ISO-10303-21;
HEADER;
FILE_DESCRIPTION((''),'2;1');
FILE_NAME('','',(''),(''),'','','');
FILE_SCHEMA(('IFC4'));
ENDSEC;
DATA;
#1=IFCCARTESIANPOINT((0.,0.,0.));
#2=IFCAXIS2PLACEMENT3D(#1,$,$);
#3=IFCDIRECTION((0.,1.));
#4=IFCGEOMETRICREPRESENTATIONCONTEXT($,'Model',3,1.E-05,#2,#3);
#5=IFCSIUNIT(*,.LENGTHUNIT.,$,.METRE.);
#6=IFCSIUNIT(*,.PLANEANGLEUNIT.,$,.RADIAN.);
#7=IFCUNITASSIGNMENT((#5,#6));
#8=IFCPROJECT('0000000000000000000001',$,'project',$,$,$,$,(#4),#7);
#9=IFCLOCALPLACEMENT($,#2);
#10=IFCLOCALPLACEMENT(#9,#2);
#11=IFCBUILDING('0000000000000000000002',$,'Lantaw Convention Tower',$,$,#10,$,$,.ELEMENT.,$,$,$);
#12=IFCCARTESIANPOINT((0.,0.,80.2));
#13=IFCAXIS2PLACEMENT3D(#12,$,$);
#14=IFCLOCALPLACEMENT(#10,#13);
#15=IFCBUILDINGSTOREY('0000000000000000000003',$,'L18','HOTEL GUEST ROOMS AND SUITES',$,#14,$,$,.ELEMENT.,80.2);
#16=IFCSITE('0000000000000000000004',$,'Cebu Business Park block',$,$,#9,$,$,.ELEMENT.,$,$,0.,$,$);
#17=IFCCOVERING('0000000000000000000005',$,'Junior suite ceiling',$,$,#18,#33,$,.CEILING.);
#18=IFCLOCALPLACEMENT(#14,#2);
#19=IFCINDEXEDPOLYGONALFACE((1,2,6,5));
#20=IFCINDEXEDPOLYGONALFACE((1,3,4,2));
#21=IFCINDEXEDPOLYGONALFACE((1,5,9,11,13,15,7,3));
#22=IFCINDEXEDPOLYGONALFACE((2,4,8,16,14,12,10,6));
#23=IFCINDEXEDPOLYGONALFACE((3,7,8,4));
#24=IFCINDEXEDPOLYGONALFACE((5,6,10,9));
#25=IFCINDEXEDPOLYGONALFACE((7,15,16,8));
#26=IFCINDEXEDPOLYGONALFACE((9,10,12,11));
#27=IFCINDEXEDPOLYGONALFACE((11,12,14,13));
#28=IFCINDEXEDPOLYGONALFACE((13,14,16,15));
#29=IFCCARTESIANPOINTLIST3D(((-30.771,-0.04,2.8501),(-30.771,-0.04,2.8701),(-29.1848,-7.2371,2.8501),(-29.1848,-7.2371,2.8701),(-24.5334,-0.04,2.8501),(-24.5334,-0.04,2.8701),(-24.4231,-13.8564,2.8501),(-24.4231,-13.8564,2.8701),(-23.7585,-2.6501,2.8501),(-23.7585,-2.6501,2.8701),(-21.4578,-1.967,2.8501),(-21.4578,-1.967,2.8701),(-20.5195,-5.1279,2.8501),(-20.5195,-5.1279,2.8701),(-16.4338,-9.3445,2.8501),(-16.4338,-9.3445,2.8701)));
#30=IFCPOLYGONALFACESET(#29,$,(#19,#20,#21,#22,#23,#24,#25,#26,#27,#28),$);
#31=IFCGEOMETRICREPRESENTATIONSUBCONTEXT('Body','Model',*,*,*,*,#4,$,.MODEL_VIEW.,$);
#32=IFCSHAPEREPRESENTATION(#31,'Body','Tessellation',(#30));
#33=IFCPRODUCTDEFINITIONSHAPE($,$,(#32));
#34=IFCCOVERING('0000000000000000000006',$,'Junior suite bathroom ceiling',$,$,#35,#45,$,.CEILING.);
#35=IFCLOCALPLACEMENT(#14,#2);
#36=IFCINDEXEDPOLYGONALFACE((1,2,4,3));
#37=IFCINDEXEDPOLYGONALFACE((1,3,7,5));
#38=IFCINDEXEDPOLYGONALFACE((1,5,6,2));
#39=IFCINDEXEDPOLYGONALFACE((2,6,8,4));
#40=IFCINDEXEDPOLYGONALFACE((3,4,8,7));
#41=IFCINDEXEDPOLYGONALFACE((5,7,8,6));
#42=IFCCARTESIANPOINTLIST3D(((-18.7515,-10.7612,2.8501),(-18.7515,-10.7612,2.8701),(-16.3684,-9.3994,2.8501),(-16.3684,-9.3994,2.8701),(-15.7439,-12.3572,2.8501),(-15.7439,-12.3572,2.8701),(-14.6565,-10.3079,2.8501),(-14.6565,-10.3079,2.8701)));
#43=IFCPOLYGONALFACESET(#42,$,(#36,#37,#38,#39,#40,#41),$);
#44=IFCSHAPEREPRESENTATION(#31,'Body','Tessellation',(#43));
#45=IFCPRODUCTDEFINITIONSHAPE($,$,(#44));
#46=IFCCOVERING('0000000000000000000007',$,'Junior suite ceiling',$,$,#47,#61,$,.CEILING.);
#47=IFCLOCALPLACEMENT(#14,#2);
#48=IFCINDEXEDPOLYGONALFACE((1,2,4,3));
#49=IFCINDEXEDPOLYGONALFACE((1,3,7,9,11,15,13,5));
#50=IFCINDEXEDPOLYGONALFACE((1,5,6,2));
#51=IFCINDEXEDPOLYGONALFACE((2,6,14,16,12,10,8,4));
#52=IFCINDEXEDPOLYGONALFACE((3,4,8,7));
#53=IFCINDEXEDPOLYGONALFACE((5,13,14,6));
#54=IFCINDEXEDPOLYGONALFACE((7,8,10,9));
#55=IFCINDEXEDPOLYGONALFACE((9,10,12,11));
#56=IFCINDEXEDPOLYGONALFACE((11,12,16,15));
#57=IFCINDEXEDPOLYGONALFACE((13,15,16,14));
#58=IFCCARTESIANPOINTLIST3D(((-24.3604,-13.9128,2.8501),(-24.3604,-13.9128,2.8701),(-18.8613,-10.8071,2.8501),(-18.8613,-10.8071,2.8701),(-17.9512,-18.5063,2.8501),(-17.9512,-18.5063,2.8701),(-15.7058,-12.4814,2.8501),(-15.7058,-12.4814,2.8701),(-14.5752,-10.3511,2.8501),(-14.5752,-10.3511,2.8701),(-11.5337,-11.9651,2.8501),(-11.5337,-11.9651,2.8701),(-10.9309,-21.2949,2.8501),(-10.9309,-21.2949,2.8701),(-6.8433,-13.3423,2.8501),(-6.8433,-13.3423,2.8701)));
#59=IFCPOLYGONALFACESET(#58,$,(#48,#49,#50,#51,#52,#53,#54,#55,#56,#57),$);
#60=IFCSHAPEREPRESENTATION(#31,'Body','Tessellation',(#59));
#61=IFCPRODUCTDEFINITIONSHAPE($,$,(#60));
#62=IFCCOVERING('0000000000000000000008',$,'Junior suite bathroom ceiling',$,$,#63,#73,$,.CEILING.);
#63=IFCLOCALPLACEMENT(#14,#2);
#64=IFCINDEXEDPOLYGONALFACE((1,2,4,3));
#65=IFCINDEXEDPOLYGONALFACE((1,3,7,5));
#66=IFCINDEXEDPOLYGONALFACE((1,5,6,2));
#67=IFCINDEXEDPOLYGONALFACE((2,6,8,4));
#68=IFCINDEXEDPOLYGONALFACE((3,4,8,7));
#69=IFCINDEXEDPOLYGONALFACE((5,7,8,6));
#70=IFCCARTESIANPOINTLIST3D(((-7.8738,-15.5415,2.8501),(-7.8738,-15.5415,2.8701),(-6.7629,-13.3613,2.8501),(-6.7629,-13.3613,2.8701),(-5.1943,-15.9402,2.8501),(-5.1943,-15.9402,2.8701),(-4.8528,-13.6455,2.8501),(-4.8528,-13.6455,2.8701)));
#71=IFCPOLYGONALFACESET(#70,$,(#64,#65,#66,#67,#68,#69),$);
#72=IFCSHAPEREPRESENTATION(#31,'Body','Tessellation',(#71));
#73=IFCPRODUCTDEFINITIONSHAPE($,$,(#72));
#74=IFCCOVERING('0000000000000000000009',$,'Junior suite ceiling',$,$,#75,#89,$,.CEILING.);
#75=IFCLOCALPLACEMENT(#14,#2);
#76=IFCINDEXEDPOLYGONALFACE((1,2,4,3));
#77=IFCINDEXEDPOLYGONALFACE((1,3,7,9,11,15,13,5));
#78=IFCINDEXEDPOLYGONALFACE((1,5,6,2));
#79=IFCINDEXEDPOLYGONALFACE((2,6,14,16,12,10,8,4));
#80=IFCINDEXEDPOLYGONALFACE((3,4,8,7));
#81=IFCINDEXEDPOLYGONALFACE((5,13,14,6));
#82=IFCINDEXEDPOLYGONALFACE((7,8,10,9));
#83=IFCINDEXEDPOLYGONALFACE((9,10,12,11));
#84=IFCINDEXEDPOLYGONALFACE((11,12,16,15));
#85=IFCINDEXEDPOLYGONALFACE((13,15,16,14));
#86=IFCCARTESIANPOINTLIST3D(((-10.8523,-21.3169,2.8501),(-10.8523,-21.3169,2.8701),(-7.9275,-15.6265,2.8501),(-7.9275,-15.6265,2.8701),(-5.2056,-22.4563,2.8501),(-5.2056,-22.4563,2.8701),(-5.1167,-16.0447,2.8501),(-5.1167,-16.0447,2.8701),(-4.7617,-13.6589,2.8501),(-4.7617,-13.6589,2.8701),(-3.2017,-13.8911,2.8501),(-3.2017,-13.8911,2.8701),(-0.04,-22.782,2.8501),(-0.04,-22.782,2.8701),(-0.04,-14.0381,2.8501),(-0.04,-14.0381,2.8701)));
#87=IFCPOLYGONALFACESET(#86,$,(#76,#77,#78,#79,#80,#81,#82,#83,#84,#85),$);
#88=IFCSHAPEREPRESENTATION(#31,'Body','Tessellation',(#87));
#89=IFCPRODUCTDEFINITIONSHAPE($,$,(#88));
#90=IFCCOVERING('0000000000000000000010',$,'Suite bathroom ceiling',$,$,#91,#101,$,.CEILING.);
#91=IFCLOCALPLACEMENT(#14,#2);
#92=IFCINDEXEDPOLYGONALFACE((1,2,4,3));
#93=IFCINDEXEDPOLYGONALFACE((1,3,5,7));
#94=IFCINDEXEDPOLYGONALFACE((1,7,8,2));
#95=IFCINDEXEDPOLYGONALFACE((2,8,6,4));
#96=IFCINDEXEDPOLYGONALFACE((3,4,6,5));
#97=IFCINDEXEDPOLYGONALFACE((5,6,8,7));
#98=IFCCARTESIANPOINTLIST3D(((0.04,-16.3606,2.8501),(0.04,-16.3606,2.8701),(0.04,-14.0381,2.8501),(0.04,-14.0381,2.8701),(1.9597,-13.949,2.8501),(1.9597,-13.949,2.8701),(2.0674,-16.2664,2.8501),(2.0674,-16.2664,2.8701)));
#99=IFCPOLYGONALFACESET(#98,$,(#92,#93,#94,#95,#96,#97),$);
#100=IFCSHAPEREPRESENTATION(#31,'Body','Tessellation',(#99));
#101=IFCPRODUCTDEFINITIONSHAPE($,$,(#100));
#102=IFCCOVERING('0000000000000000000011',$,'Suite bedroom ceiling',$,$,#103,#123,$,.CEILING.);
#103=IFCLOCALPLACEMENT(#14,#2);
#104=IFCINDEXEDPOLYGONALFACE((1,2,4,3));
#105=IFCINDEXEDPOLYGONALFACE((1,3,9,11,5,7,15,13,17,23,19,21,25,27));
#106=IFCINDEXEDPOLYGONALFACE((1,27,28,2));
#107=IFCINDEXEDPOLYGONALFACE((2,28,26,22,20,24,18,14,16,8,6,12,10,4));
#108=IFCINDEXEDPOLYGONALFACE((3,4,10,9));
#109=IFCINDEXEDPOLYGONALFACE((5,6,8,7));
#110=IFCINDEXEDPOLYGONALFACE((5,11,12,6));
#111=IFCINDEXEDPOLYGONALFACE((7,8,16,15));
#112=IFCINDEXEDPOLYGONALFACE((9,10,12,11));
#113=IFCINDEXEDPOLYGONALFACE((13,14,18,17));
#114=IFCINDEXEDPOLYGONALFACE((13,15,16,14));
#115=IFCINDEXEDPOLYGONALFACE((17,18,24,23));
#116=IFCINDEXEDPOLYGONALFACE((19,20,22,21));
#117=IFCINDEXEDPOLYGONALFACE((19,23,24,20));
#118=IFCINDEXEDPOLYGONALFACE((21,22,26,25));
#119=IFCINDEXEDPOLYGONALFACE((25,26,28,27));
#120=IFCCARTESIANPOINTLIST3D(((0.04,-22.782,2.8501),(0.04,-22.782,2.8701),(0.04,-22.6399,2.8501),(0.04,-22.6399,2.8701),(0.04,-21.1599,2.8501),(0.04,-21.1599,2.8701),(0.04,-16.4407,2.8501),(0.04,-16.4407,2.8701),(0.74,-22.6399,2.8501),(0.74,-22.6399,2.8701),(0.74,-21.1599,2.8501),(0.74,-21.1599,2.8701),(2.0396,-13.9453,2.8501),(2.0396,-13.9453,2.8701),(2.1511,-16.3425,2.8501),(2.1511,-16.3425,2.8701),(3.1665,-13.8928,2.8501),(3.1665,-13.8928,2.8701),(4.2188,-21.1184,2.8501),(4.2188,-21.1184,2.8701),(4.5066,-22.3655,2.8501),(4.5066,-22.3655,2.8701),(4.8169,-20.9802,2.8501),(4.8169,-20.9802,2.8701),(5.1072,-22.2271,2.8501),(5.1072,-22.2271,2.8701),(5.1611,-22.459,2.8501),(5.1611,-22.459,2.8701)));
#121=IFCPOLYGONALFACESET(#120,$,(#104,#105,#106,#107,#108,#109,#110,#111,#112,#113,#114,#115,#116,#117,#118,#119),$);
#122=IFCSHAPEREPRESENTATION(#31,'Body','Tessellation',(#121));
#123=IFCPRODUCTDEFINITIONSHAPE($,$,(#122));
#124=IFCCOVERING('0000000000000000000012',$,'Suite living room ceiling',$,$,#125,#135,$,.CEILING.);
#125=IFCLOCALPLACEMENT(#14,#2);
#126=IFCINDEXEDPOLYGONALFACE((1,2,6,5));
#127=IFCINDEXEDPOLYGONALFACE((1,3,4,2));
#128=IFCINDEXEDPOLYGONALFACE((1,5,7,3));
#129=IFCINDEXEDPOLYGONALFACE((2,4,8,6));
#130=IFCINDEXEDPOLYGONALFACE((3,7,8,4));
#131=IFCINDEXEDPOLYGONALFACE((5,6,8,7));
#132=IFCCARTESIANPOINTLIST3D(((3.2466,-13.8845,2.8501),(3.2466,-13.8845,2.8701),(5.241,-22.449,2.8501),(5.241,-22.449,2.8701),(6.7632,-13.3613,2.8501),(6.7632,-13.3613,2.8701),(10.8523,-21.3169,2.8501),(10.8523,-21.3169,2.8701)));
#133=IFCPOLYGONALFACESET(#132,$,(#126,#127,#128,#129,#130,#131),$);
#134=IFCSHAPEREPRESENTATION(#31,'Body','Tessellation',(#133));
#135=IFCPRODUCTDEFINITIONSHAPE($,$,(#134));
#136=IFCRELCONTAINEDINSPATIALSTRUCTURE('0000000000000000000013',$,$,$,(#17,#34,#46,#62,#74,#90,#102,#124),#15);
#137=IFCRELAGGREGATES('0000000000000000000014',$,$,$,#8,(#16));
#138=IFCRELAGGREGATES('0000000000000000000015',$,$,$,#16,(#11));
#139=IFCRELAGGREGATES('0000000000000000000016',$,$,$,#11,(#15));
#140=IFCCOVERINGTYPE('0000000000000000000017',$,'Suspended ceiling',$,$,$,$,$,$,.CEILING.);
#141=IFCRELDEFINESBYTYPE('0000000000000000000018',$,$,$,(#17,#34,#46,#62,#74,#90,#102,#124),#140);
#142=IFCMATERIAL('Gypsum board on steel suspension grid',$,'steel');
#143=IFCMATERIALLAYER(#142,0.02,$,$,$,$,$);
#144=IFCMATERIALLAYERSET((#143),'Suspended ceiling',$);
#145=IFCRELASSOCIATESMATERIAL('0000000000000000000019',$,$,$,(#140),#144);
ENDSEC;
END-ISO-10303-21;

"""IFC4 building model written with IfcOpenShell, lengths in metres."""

from ifc_helpers import new_model, si_unit, direction, frame, origin, place, context, subcontext, project, spatial, polyline, outline, extrude, material, layer, layer_set, type_object, element, save


model = new_model("IFC4")

# Units and contexts
model_context = context("Model", 3, precision=1e-05, world=origin(), true_north=direction((0.0, 1.0)))
body_context = subcontext(model_context, "Body", "Model", "MODEL_VIEW")
ifc_project = project(units=[si_unit("LENGTHUNIT", "METRE"), si_unit("PLANEANGLEUNIT", "RADIAN")], contexts=[model_context])

# Site, building, storey
site_placement = place(None, origin())
site = spatial("IfcSite", under=ifc_project, at=site_placement, Name="Cebu Business Park block", CompositionType="ELEMENT", RefElevation=0.0)
building_placement = place(site_placement, origin())
building = spatial("IfcBuilding", under=site, at=building_placement, Name="Lantaw Convention Tower", CompositionType="ELEMENT")
storey_placement = place(building_placement, frame((0.0, 0.0, 80.2)))
storey = spatial("IfcBuildingStorey", under=building, at=storey_placement, Name="L18", Description="HOTEL GUEST ROOMS AND SUITES", CompositionType="ELEMENT", Elevation=80.2)

# Coverings
ifc_material_1 = material(Name="Gypsum board on steel suspension grid", Category="steel")
ifc_layer_1 = layer(ifc_material_1, 0.02)
ifc_layer_set_1 = layer_set([ifc_layer_1], Name="Suspended ceiling")
covering_type = type_object("IfcCoveringType", Name="Suspended ceiling", PredefinedType="CEILING", material=ifc_layer_set_1)
covering_1_placement = place(storey_placement, frame((0.0, 0.0, 2.8501)))
element("IfcCovering", 1, at=covering_1_placement, inside=storey, type_object=covering_type, Name="Junior suite ceiling", PredefinedType="CEILING", context=body_context, shape_type="SweptSolid", body=[
    extrude(outline(polyline([(-21.4578, -1.967), (-23.7585, -2.6501), (-24.5334, -0.04), (-30.771, -0.04), (-29.1848, -7.2371), (-24.4231, -13.8564), (-16.4338, -9.3445), (-20.5195, -5.1279), (-21.4578, -1.967)])), origin(), (0.0, 0.0, 1.0), 0.02),
])
covering_2_placement = place(storey_placement, frame((0.0, 0.0, 2.8501)))
element("IfcCovering", 2, at=covering_2_placement, inside=storey, type_object=covering_type, Name="Junior suite bathroom ceiling", PredefinedType="CEILING", context=body_context, shape_type="SweptSolid", body=[
    extrude(outline(polyline([(-16.3684, -9.3994), (-18.7515, -10.7612), (-15.7439, -12.3572), (-14.6565, -10.3079), (-16.3684, -9.3994)])), origin(), (0.0, 0.0, 1.0), 0.02),
])
covering_3_placement = place(storey_placement, frame((0.0, 0.0, 2.8501)))
element("IfcCovering", 3, at=covering_3_placement, inside=storey, type_object=covering_type, Name="Junior suite ceiling", PredefinedType="CEILING", context=body_context, shape_type="SweptSolid", body=[
    extrude(outline(polyline([(-18.8613, -10.8071), (-24.3604, -13.9128), (-17.9512, -18.5063), (-10.9309, -21.2949), (-6.8433, -13.3423), (-11.5337, -11.9651), (-14.5752, -10.3511), (-15.7058, -12.4814), (-18.8613, -10.8071)])), origin(), (0.0, 0.0, 1.0), 0.02),
])
covering_4_placement = place(storey_placement, frame((0.0, 0.0, 2.8501)))
element("IfcCovering", 4, at=covering_4_placement, inside=storey, type_object=covering_type, Name="Junior suite bathroom ceiling", PredefinedType="CEILING", context=body_context, shape_type="SweptSolid", body=[
    extrude(outline(polyline([(-6.7629, -13.3613), (-7.8738, -15.5415), (-5.1943, -15.9402), (-4.8528, -13.6455), (-6.7629, -13.3613)])), origin(), (0.0, 0.0, 1.0), 0.02),
])
covering_5_placement = place(storey_placement, frame((0.0, 0.0, 2.8501)))
element("IfcCovering", 5, at=covering_5_placement, inside=storey, type_object=covering_type, Name="Junior suite ceiling", PredefinedType="CEILING", context=body_context, shape_type="SweptSolid", body=[
    extrude(outline(polyline([(-3.2017, -13.8911), (-4.7617, -13.6589), (-5.1167, -16.0447), (-7.9275, -15.6265), (-10.8523, -21.3169), (-5.2056, -22.4563), (-0.04, -22.782), (-0.04, -14.0381), (-3.2017, -13.8911)])), origin(), (0.0, 0.0, 1.0), 0.02),
])
covering_6_placement = place(storey_placement, frame((0.0, 0.0, 2.8501)))
element("IfcCovering", 6, at=covering_6_placement, inside=storey, type_object=covering_type, Name="Suite bathroom ceiling", PredefinedType="CEILING", context=body_context, shape_type="SweptSolid", body=[
    extrude(outline(polyline([(0.04, -14.0381), (0.04, -16.3606), (2.0674, -16.2664), (1.9597, -13.949), (0.04, -14.0381)])), origin(), (0.0, 0.0, 1.0), 0.02),
])
covering_7_placement = place(storey_placement, frame((0.0, 0.0, 2.8501)))
element("IfcCovering", 7, at=covering_7_placement, inside=storey, type_object=covering_type, Name="Suite bedroom ceiling", PredefinedType="CEILING", context=body_context, shape_type="SweptSolid", body=[
    extrude(outline(polyline([(2.0396, -13.9453), (2.1511, -16.3425), (0.04, -16.4407), (0.04, -21.1599), (0.74, -21.1599), (0.74, -22.6399), (0.04, -22.6399), (0.04, -22.782), (5.1611, -22.459), (5.1072, -22.2271), (4.5066, -22.3655), (4.2188, -21.1184), (4.8169, -20.9802), (3.1665, -13.8928), (2.0396, -13.9453)])), origin(), (0.0, 0.0, 1.0), 0.02),
])
covering_8_placement = place(storey_placement, frame((0.0, 0.0, 2.8501)))
element("IfcCovering", 8, at=covering_8_placement, inside=storey, type_object=covering_type, Name="Suite living room ceiling", PredefinedType="CEILING", context=body_context, shape_type="SweptSolid", body=[
    extrude(outline(polyline([(3.2466, -13.8845), (5.241, -22.449), (10.8523, -21.3169), (6.7632, -13.3613), (3.2466, -13.8845)])), origin(), (0.0, 0.0, 1.0), 0.02),
])

save(model, "model.ifc")
